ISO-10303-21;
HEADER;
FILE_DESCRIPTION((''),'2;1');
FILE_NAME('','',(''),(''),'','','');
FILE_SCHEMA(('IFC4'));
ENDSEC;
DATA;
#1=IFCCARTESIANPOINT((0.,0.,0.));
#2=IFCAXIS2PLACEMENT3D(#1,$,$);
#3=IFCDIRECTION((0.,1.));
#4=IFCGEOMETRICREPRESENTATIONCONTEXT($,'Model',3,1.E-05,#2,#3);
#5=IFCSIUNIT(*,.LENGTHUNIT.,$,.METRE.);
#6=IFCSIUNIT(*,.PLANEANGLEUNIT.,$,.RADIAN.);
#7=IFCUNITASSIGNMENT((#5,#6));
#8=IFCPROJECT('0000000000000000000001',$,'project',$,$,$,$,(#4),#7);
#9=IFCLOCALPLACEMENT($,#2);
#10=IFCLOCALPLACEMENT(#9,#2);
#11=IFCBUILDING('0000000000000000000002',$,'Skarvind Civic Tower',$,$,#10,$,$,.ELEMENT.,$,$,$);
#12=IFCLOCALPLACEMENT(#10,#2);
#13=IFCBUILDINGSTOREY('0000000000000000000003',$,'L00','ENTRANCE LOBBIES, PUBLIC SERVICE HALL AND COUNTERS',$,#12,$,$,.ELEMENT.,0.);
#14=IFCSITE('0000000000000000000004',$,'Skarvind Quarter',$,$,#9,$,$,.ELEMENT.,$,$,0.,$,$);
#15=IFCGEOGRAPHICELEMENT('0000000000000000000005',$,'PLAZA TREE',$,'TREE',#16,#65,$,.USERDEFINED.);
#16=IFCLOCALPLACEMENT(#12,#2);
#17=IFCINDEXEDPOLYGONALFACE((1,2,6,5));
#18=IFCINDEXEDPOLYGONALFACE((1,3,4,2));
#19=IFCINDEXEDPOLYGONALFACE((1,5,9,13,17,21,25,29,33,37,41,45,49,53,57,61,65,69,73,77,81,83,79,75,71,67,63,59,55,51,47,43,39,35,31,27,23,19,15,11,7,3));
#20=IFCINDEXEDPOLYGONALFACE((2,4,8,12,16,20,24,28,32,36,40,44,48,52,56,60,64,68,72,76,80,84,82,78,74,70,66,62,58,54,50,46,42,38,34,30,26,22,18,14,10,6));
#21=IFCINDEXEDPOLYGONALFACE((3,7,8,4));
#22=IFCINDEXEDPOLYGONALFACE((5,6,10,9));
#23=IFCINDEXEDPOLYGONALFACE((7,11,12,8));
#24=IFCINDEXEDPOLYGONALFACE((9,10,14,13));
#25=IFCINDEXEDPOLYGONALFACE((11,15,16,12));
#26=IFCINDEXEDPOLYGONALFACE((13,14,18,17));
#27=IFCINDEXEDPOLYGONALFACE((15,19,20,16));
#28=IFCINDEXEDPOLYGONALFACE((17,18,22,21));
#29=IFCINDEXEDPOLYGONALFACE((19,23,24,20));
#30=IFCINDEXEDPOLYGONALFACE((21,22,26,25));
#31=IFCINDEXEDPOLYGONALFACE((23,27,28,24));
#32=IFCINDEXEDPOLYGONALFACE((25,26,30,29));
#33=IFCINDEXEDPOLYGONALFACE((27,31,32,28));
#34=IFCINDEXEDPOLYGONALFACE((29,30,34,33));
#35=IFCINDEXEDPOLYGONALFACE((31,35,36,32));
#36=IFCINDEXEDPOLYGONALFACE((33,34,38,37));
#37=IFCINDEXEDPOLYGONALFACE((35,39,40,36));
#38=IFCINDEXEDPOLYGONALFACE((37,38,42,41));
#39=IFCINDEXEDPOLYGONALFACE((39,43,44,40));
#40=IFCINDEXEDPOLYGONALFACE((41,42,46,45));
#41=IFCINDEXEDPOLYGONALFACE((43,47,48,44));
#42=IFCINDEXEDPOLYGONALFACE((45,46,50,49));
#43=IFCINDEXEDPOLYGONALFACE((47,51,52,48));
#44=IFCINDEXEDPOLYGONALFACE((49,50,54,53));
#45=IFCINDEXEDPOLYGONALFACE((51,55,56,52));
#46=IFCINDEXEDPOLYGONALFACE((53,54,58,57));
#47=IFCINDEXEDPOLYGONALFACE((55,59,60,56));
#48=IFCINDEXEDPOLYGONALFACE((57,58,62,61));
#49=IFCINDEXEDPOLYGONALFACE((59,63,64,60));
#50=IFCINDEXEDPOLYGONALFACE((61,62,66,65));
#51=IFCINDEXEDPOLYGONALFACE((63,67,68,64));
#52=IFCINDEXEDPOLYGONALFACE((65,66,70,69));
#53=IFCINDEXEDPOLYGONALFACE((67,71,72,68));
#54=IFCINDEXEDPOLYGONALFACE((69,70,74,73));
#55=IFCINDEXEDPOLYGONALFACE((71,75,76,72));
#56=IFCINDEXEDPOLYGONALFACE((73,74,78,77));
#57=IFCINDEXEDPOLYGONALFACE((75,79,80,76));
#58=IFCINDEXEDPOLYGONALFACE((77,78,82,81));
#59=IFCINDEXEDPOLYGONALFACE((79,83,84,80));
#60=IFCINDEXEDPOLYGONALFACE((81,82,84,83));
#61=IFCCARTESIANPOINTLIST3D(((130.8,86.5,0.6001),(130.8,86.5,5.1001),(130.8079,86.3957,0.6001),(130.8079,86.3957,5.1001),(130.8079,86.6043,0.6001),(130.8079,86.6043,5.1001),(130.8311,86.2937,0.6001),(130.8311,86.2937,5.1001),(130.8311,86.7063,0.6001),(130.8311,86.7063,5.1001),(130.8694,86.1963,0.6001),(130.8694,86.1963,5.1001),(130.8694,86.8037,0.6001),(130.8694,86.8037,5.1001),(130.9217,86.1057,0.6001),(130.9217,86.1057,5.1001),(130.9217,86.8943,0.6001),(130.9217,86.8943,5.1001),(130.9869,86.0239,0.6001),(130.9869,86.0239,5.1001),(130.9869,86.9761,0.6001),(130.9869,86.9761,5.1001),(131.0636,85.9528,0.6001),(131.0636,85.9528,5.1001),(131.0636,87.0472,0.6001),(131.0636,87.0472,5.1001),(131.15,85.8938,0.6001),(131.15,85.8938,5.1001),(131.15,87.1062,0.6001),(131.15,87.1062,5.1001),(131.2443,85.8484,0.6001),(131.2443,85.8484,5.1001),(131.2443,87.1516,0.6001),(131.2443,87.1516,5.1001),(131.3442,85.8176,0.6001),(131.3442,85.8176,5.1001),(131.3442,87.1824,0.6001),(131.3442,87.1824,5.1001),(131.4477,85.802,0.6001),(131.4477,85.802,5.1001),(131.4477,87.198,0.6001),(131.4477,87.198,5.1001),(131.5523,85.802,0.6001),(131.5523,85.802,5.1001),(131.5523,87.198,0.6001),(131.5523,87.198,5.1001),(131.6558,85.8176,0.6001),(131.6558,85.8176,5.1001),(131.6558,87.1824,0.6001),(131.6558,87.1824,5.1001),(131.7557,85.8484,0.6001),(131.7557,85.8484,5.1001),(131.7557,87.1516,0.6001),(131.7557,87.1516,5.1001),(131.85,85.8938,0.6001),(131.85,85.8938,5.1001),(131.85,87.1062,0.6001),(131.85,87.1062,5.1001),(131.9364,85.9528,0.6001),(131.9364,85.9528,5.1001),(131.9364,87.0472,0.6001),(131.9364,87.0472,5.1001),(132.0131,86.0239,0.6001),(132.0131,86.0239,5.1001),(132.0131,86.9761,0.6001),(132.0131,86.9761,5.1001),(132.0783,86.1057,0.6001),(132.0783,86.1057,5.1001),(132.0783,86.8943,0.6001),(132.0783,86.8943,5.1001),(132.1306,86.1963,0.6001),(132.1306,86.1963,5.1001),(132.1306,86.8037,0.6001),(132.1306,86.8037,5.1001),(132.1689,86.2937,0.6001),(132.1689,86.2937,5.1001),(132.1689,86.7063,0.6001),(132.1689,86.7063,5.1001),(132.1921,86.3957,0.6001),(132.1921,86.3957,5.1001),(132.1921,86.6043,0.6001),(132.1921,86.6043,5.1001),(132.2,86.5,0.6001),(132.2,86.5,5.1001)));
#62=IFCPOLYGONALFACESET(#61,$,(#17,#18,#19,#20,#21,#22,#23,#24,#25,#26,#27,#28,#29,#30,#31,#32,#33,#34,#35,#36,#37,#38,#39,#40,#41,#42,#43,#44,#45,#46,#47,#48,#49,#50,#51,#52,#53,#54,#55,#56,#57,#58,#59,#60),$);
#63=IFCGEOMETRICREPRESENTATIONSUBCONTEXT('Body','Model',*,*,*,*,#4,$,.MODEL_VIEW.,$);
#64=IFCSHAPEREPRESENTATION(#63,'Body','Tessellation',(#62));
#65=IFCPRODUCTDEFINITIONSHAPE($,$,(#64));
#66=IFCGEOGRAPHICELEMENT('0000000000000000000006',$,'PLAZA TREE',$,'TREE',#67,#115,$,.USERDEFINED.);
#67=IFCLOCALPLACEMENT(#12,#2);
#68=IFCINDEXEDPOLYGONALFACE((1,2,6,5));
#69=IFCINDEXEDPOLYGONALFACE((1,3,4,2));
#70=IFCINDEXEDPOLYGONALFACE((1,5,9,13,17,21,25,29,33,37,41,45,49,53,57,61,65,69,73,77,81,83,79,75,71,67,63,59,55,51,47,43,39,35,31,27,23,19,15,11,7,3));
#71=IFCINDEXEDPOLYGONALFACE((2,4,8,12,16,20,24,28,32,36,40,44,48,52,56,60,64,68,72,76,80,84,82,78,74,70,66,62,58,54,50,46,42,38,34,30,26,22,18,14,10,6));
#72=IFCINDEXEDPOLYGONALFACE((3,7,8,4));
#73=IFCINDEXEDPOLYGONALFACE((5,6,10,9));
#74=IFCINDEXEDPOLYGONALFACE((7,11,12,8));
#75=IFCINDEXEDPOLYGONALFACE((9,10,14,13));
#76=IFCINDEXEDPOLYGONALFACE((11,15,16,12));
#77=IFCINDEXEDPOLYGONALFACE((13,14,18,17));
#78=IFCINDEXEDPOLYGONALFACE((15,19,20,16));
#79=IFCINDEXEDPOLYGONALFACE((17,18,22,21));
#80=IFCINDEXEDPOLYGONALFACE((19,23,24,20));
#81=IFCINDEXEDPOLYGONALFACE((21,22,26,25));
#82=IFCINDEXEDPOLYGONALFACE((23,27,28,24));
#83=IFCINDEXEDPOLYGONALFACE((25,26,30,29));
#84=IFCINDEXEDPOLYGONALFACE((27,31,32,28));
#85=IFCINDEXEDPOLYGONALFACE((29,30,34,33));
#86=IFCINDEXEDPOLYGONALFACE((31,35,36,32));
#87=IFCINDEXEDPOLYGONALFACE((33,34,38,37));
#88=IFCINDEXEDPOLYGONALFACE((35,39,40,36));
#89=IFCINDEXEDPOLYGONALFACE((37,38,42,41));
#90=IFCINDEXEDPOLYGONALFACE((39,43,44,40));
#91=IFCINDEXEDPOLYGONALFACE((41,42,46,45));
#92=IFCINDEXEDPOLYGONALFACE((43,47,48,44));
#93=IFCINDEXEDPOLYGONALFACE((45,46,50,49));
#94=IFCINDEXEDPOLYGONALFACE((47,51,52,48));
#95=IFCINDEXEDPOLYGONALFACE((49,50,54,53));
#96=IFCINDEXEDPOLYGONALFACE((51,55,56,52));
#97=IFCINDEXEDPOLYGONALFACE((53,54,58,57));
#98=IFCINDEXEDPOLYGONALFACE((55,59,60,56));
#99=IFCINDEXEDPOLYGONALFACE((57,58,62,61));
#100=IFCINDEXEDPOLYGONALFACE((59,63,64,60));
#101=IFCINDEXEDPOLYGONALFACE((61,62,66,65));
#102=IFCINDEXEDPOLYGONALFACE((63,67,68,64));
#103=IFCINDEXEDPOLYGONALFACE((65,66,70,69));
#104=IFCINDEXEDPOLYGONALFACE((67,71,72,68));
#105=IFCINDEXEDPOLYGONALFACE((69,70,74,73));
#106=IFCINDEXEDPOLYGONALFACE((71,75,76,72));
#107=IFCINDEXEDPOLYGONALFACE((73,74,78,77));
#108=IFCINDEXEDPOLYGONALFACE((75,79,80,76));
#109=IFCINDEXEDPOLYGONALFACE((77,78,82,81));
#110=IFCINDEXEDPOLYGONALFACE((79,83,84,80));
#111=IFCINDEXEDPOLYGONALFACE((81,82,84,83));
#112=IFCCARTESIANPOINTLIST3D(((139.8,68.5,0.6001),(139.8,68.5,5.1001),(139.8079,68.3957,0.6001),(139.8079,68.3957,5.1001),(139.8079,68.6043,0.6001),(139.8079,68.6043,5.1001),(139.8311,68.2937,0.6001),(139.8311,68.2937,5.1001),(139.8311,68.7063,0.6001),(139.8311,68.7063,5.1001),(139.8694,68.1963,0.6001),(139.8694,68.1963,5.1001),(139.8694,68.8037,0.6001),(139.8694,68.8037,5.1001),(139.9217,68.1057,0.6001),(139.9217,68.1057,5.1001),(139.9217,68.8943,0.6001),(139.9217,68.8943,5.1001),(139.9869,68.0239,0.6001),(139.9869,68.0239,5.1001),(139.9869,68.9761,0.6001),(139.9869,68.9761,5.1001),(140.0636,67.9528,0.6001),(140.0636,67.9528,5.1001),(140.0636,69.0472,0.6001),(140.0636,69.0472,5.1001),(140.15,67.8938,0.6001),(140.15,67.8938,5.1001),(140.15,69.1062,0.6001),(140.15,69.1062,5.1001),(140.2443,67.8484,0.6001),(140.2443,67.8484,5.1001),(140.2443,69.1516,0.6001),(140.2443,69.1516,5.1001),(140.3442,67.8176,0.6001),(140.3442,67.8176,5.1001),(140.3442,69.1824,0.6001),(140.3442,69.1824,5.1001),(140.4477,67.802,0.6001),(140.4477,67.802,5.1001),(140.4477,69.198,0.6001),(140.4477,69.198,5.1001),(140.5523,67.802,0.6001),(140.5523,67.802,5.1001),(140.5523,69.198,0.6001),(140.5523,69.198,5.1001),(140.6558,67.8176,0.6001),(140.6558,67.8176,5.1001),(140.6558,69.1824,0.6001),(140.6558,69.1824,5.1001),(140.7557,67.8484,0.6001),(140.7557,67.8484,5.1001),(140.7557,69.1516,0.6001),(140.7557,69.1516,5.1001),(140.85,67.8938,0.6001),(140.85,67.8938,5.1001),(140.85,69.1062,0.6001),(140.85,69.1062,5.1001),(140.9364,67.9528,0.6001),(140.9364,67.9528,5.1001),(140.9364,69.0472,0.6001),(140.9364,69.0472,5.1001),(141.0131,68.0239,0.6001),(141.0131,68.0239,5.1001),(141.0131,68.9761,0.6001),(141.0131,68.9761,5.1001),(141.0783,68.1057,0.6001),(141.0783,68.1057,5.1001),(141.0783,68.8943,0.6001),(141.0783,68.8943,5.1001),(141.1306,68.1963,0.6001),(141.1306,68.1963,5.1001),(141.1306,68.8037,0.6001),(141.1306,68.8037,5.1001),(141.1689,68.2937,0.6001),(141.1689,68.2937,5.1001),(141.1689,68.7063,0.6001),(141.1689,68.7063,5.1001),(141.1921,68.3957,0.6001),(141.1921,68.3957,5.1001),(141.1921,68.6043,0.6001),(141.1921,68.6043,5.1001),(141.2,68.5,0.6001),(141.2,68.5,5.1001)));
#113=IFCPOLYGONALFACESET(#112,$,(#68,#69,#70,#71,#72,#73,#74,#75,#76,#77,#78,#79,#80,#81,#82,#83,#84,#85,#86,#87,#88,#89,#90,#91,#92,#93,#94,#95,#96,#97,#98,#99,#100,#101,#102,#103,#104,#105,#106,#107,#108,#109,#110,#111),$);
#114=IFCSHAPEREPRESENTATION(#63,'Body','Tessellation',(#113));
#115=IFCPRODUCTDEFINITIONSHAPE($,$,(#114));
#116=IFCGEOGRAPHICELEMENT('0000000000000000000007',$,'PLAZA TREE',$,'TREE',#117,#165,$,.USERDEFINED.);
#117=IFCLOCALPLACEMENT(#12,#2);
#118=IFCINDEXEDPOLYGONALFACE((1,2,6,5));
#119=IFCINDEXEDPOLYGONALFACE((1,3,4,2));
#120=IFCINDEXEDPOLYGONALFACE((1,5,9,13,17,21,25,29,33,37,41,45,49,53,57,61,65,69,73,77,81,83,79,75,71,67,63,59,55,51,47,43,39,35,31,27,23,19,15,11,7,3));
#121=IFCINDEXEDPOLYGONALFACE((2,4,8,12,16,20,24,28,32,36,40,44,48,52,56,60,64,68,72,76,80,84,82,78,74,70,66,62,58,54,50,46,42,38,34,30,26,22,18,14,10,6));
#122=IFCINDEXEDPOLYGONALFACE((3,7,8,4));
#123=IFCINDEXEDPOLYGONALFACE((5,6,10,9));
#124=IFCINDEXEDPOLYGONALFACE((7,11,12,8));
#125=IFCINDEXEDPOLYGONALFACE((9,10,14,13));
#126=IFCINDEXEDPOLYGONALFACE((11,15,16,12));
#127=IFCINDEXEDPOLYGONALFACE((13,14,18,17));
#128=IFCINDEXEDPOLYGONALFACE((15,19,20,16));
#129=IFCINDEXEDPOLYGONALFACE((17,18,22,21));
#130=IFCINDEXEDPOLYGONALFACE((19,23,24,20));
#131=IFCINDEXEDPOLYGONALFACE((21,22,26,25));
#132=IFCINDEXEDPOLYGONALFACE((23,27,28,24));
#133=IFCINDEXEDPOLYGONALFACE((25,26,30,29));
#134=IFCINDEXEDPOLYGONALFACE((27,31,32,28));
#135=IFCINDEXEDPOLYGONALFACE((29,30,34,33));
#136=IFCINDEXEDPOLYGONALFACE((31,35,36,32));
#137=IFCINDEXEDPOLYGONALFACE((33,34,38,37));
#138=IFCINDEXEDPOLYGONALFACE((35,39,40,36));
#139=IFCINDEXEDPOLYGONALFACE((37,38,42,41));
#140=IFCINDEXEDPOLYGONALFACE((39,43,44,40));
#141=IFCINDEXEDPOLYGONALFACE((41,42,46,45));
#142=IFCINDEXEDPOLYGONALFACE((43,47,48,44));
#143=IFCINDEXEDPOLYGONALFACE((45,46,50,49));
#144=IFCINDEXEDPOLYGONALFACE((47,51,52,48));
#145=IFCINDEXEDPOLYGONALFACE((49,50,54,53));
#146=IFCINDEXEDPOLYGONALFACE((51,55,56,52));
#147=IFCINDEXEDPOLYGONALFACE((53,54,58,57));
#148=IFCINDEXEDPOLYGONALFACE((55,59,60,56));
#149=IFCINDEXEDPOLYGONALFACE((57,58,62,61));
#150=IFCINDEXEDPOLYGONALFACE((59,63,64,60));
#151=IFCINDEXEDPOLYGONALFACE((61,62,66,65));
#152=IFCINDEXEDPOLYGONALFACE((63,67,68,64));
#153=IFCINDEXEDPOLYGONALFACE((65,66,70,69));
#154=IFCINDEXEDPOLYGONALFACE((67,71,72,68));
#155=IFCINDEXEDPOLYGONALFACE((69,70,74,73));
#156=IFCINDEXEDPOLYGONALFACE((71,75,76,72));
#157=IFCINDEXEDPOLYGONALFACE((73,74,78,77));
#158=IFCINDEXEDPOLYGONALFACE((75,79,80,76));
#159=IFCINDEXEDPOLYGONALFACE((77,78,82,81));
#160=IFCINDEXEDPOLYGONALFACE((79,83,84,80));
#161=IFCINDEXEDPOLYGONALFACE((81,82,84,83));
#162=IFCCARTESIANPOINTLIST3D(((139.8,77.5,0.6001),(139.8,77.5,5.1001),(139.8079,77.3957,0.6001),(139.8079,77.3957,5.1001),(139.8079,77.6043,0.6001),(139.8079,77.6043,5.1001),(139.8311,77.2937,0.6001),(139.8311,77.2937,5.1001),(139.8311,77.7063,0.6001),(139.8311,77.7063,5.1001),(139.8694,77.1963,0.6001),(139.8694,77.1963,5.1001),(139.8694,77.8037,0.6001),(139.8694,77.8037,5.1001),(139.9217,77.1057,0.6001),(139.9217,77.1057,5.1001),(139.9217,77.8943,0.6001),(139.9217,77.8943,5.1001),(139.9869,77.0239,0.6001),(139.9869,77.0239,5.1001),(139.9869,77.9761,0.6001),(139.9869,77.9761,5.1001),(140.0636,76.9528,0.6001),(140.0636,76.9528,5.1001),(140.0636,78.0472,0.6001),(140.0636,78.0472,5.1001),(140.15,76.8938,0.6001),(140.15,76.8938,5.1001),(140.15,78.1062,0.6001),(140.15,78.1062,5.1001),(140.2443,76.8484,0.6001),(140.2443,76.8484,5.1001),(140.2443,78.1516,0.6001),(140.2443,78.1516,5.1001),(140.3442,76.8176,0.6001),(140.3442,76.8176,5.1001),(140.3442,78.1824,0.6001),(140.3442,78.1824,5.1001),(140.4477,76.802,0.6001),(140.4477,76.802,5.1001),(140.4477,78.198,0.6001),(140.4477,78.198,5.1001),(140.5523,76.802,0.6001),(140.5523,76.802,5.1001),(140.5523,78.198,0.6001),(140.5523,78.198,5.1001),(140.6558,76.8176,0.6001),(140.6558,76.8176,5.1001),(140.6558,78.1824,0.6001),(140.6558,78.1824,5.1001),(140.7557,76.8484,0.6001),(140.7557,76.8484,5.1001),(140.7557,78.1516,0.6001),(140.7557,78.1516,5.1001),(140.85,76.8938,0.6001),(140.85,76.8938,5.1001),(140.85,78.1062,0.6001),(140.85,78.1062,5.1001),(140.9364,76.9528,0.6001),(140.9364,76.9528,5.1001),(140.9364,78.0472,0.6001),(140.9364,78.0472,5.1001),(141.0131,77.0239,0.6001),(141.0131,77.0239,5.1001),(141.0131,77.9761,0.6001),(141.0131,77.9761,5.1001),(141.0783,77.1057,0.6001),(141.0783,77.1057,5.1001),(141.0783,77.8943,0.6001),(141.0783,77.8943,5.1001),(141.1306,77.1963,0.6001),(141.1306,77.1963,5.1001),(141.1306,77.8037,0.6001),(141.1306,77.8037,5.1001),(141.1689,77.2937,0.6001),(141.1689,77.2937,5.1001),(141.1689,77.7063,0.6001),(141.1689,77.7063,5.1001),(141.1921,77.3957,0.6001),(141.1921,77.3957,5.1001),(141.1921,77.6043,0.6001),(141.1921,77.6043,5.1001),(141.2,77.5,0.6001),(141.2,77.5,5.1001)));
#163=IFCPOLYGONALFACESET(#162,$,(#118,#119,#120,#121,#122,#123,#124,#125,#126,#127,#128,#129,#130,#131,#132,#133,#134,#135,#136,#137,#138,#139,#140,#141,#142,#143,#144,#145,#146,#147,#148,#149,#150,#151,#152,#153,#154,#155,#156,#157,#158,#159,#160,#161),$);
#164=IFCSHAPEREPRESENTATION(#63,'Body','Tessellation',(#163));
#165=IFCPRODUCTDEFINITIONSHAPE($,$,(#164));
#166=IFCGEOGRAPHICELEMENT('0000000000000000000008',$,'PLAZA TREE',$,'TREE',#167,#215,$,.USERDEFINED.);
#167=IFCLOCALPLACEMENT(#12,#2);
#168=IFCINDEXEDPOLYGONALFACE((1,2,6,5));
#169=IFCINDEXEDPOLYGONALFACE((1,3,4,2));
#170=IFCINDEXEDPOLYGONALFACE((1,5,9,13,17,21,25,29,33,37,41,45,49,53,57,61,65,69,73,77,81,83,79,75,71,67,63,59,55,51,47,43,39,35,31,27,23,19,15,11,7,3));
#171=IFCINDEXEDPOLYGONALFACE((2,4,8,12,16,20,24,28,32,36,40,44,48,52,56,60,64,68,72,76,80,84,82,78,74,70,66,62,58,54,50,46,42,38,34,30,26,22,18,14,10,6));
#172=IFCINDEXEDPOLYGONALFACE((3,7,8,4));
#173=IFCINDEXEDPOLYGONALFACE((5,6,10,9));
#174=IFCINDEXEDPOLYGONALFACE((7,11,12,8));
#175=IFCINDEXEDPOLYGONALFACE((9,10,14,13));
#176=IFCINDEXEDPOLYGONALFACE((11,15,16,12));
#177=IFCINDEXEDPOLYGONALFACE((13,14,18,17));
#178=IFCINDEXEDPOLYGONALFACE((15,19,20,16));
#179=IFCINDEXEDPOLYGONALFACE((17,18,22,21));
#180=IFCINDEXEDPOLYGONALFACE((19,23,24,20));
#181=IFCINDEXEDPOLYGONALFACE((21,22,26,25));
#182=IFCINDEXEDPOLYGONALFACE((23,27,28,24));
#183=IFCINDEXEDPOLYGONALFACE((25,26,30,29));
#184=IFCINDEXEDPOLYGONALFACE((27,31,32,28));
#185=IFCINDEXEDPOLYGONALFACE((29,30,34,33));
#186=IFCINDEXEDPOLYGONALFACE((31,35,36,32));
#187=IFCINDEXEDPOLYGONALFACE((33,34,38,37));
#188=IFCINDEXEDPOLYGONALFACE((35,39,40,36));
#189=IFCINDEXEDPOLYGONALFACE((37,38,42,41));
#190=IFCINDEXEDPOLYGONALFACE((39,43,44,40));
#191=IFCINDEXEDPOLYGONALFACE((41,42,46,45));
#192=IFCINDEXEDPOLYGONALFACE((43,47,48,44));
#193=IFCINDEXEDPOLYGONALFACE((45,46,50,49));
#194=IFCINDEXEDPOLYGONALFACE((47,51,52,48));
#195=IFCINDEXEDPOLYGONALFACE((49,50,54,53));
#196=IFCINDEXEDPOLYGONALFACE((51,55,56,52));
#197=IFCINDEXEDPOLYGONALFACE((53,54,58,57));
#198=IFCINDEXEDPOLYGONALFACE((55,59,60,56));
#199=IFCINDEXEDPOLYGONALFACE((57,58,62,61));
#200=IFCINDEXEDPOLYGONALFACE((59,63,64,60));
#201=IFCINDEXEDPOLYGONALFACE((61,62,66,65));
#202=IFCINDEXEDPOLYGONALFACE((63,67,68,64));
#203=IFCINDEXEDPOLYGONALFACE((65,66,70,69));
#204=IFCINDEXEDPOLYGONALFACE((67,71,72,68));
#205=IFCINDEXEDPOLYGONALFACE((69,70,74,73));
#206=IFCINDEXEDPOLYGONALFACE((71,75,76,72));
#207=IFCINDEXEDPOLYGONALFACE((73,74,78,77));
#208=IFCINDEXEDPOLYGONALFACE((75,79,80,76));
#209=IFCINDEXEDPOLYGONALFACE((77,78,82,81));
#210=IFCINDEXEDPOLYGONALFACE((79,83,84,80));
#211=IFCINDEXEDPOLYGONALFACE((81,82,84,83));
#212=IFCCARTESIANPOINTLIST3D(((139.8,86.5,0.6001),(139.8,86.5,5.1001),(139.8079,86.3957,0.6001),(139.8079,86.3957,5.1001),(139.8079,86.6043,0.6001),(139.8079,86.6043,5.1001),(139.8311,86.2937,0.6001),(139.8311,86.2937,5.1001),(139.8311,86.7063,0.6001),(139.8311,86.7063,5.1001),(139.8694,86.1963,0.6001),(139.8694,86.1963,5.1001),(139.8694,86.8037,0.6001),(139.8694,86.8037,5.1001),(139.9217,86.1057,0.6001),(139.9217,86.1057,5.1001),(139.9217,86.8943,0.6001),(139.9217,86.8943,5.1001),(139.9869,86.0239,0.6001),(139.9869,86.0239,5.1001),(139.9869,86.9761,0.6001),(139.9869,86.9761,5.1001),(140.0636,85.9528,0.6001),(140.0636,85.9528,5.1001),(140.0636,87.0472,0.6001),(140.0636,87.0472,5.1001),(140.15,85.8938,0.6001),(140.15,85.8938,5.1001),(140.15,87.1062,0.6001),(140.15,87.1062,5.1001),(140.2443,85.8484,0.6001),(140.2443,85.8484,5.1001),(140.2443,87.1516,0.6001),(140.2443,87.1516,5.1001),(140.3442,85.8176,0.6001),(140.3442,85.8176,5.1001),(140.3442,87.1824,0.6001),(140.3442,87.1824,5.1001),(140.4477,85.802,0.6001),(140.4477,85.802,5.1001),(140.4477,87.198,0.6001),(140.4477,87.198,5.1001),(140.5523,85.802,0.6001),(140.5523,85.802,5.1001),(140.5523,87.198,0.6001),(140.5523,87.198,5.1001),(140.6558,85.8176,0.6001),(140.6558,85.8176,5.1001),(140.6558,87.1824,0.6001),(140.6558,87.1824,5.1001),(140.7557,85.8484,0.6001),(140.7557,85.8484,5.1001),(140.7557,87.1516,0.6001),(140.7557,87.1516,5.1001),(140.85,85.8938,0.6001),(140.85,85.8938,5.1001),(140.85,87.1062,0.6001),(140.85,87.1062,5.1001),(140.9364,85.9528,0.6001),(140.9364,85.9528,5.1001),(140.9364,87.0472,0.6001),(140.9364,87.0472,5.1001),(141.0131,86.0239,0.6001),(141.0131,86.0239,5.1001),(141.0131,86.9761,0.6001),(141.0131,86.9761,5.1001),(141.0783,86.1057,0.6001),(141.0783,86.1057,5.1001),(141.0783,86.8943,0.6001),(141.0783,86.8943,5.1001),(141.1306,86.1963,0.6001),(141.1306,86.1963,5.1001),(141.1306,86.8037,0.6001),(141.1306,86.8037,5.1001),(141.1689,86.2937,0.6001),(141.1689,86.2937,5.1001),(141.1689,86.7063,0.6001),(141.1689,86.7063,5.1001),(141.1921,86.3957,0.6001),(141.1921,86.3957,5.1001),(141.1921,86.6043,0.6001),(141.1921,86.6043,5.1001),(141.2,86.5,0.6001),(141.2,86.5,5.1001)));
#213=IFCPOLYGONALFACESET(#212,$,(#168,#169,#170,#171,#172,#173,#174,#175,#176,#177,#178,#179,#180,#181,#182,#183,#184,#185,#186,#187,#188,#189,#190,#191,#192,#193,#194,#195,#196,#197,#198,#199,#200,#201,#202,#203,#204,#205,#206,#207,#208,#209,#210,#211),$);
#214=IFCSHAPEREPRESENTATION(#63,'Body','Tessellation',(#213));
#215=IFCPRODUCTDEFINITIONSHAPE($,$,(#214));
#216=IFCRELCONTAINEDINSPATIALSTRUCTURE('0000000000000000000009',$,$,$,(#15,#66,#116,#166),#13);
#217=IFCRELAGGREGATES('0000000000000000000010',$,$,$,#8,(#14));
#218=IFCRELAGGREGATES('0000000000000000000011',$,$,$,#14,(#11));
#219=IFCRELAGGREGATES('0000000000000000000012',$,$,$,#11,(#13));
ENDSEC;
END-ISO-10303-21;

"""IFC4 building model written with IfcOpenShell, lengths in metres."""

from ifc_helpers import new_model, si_unit, direction, frame, origin, origin_2d, place, context, subcontext, project, spatial, circle, extrude, element, save


model = new_model("IFC4")

# Units and contexts
model_context = context("Model", 3, precision=1e-05, world=origin(), true_north=direction((0.0, 1.0)))
body_context = subcontext(model_context, "Body", "Model", "MODEL_VIEW")
ifc_project = project(units=[si_unit("LENGTHUNIT", "METRE"), si_unit("PLANEANGLEUNIT", "RADIAN")], contexts=[model_context])

# Site, building, storey
site_placement = place(None, origin())
site = spatial("IfcSite", under=ifc_project, at=site_placement, Name="Skarvind Quarter", CompositionType="ELEMENT", RefElevation=0.0)
building_placement = place(site_placement, origin())
building = spatial("IfcBuilding", under=site, at=building_placement, Name="Skarvind Civic Tower", CompositionType="ELEMENT")
storey_placement = place(building_placement, origin())
storey = spatial("IfcBuildingStorey", under=building, at=storey_placement, Name="L00", Description="ENTRANCE LOBBIES, PUBLIC SERVICE HALL AND COUNTERS", CompositionType="ELEMENT", Elevation=0.0)

# Geographic elements
for number, where, z_axis, x_axis, name in (
    (1, (131.5, 86.5, 0.6001), (0.0, 0.0, 1.0), (1.0, 0.0, 0.0), "PLAZA TREE"),
    (2, (140.5, 68.5, 0.6001), (0.0, 0.0, 1.0), (1.0, 0.0, 0.0), "PLAZA TREE"),
    (3, (140.5, 77.5, 0.6001), (0.0, 0.0, 1.0), (1.0, 0.0, 0.0), "PLAZA TREE"),
    (4, (140.5, 86.5, 0.6001), (0.0, 0.0, 1.0), (1.0, 0.0, 0.0), "PLAZA TREE"),
):
    element("IfcGeographicElement", number, at=place(storey_placement, frame(where, z_axis=z_axis, x_axis=x_axis)), inside=storey, Name=name, ObjectType="TREE", PredefinedType="USERDEFINED", context=body_context, shape_type="SweptSolid", body=[
        extrude(circle(Radius=0.7, at=origin_2d()), origin(), (0.0, 0.0, 1.0), 4.5),
    ])

save(model, "model.ifc")
